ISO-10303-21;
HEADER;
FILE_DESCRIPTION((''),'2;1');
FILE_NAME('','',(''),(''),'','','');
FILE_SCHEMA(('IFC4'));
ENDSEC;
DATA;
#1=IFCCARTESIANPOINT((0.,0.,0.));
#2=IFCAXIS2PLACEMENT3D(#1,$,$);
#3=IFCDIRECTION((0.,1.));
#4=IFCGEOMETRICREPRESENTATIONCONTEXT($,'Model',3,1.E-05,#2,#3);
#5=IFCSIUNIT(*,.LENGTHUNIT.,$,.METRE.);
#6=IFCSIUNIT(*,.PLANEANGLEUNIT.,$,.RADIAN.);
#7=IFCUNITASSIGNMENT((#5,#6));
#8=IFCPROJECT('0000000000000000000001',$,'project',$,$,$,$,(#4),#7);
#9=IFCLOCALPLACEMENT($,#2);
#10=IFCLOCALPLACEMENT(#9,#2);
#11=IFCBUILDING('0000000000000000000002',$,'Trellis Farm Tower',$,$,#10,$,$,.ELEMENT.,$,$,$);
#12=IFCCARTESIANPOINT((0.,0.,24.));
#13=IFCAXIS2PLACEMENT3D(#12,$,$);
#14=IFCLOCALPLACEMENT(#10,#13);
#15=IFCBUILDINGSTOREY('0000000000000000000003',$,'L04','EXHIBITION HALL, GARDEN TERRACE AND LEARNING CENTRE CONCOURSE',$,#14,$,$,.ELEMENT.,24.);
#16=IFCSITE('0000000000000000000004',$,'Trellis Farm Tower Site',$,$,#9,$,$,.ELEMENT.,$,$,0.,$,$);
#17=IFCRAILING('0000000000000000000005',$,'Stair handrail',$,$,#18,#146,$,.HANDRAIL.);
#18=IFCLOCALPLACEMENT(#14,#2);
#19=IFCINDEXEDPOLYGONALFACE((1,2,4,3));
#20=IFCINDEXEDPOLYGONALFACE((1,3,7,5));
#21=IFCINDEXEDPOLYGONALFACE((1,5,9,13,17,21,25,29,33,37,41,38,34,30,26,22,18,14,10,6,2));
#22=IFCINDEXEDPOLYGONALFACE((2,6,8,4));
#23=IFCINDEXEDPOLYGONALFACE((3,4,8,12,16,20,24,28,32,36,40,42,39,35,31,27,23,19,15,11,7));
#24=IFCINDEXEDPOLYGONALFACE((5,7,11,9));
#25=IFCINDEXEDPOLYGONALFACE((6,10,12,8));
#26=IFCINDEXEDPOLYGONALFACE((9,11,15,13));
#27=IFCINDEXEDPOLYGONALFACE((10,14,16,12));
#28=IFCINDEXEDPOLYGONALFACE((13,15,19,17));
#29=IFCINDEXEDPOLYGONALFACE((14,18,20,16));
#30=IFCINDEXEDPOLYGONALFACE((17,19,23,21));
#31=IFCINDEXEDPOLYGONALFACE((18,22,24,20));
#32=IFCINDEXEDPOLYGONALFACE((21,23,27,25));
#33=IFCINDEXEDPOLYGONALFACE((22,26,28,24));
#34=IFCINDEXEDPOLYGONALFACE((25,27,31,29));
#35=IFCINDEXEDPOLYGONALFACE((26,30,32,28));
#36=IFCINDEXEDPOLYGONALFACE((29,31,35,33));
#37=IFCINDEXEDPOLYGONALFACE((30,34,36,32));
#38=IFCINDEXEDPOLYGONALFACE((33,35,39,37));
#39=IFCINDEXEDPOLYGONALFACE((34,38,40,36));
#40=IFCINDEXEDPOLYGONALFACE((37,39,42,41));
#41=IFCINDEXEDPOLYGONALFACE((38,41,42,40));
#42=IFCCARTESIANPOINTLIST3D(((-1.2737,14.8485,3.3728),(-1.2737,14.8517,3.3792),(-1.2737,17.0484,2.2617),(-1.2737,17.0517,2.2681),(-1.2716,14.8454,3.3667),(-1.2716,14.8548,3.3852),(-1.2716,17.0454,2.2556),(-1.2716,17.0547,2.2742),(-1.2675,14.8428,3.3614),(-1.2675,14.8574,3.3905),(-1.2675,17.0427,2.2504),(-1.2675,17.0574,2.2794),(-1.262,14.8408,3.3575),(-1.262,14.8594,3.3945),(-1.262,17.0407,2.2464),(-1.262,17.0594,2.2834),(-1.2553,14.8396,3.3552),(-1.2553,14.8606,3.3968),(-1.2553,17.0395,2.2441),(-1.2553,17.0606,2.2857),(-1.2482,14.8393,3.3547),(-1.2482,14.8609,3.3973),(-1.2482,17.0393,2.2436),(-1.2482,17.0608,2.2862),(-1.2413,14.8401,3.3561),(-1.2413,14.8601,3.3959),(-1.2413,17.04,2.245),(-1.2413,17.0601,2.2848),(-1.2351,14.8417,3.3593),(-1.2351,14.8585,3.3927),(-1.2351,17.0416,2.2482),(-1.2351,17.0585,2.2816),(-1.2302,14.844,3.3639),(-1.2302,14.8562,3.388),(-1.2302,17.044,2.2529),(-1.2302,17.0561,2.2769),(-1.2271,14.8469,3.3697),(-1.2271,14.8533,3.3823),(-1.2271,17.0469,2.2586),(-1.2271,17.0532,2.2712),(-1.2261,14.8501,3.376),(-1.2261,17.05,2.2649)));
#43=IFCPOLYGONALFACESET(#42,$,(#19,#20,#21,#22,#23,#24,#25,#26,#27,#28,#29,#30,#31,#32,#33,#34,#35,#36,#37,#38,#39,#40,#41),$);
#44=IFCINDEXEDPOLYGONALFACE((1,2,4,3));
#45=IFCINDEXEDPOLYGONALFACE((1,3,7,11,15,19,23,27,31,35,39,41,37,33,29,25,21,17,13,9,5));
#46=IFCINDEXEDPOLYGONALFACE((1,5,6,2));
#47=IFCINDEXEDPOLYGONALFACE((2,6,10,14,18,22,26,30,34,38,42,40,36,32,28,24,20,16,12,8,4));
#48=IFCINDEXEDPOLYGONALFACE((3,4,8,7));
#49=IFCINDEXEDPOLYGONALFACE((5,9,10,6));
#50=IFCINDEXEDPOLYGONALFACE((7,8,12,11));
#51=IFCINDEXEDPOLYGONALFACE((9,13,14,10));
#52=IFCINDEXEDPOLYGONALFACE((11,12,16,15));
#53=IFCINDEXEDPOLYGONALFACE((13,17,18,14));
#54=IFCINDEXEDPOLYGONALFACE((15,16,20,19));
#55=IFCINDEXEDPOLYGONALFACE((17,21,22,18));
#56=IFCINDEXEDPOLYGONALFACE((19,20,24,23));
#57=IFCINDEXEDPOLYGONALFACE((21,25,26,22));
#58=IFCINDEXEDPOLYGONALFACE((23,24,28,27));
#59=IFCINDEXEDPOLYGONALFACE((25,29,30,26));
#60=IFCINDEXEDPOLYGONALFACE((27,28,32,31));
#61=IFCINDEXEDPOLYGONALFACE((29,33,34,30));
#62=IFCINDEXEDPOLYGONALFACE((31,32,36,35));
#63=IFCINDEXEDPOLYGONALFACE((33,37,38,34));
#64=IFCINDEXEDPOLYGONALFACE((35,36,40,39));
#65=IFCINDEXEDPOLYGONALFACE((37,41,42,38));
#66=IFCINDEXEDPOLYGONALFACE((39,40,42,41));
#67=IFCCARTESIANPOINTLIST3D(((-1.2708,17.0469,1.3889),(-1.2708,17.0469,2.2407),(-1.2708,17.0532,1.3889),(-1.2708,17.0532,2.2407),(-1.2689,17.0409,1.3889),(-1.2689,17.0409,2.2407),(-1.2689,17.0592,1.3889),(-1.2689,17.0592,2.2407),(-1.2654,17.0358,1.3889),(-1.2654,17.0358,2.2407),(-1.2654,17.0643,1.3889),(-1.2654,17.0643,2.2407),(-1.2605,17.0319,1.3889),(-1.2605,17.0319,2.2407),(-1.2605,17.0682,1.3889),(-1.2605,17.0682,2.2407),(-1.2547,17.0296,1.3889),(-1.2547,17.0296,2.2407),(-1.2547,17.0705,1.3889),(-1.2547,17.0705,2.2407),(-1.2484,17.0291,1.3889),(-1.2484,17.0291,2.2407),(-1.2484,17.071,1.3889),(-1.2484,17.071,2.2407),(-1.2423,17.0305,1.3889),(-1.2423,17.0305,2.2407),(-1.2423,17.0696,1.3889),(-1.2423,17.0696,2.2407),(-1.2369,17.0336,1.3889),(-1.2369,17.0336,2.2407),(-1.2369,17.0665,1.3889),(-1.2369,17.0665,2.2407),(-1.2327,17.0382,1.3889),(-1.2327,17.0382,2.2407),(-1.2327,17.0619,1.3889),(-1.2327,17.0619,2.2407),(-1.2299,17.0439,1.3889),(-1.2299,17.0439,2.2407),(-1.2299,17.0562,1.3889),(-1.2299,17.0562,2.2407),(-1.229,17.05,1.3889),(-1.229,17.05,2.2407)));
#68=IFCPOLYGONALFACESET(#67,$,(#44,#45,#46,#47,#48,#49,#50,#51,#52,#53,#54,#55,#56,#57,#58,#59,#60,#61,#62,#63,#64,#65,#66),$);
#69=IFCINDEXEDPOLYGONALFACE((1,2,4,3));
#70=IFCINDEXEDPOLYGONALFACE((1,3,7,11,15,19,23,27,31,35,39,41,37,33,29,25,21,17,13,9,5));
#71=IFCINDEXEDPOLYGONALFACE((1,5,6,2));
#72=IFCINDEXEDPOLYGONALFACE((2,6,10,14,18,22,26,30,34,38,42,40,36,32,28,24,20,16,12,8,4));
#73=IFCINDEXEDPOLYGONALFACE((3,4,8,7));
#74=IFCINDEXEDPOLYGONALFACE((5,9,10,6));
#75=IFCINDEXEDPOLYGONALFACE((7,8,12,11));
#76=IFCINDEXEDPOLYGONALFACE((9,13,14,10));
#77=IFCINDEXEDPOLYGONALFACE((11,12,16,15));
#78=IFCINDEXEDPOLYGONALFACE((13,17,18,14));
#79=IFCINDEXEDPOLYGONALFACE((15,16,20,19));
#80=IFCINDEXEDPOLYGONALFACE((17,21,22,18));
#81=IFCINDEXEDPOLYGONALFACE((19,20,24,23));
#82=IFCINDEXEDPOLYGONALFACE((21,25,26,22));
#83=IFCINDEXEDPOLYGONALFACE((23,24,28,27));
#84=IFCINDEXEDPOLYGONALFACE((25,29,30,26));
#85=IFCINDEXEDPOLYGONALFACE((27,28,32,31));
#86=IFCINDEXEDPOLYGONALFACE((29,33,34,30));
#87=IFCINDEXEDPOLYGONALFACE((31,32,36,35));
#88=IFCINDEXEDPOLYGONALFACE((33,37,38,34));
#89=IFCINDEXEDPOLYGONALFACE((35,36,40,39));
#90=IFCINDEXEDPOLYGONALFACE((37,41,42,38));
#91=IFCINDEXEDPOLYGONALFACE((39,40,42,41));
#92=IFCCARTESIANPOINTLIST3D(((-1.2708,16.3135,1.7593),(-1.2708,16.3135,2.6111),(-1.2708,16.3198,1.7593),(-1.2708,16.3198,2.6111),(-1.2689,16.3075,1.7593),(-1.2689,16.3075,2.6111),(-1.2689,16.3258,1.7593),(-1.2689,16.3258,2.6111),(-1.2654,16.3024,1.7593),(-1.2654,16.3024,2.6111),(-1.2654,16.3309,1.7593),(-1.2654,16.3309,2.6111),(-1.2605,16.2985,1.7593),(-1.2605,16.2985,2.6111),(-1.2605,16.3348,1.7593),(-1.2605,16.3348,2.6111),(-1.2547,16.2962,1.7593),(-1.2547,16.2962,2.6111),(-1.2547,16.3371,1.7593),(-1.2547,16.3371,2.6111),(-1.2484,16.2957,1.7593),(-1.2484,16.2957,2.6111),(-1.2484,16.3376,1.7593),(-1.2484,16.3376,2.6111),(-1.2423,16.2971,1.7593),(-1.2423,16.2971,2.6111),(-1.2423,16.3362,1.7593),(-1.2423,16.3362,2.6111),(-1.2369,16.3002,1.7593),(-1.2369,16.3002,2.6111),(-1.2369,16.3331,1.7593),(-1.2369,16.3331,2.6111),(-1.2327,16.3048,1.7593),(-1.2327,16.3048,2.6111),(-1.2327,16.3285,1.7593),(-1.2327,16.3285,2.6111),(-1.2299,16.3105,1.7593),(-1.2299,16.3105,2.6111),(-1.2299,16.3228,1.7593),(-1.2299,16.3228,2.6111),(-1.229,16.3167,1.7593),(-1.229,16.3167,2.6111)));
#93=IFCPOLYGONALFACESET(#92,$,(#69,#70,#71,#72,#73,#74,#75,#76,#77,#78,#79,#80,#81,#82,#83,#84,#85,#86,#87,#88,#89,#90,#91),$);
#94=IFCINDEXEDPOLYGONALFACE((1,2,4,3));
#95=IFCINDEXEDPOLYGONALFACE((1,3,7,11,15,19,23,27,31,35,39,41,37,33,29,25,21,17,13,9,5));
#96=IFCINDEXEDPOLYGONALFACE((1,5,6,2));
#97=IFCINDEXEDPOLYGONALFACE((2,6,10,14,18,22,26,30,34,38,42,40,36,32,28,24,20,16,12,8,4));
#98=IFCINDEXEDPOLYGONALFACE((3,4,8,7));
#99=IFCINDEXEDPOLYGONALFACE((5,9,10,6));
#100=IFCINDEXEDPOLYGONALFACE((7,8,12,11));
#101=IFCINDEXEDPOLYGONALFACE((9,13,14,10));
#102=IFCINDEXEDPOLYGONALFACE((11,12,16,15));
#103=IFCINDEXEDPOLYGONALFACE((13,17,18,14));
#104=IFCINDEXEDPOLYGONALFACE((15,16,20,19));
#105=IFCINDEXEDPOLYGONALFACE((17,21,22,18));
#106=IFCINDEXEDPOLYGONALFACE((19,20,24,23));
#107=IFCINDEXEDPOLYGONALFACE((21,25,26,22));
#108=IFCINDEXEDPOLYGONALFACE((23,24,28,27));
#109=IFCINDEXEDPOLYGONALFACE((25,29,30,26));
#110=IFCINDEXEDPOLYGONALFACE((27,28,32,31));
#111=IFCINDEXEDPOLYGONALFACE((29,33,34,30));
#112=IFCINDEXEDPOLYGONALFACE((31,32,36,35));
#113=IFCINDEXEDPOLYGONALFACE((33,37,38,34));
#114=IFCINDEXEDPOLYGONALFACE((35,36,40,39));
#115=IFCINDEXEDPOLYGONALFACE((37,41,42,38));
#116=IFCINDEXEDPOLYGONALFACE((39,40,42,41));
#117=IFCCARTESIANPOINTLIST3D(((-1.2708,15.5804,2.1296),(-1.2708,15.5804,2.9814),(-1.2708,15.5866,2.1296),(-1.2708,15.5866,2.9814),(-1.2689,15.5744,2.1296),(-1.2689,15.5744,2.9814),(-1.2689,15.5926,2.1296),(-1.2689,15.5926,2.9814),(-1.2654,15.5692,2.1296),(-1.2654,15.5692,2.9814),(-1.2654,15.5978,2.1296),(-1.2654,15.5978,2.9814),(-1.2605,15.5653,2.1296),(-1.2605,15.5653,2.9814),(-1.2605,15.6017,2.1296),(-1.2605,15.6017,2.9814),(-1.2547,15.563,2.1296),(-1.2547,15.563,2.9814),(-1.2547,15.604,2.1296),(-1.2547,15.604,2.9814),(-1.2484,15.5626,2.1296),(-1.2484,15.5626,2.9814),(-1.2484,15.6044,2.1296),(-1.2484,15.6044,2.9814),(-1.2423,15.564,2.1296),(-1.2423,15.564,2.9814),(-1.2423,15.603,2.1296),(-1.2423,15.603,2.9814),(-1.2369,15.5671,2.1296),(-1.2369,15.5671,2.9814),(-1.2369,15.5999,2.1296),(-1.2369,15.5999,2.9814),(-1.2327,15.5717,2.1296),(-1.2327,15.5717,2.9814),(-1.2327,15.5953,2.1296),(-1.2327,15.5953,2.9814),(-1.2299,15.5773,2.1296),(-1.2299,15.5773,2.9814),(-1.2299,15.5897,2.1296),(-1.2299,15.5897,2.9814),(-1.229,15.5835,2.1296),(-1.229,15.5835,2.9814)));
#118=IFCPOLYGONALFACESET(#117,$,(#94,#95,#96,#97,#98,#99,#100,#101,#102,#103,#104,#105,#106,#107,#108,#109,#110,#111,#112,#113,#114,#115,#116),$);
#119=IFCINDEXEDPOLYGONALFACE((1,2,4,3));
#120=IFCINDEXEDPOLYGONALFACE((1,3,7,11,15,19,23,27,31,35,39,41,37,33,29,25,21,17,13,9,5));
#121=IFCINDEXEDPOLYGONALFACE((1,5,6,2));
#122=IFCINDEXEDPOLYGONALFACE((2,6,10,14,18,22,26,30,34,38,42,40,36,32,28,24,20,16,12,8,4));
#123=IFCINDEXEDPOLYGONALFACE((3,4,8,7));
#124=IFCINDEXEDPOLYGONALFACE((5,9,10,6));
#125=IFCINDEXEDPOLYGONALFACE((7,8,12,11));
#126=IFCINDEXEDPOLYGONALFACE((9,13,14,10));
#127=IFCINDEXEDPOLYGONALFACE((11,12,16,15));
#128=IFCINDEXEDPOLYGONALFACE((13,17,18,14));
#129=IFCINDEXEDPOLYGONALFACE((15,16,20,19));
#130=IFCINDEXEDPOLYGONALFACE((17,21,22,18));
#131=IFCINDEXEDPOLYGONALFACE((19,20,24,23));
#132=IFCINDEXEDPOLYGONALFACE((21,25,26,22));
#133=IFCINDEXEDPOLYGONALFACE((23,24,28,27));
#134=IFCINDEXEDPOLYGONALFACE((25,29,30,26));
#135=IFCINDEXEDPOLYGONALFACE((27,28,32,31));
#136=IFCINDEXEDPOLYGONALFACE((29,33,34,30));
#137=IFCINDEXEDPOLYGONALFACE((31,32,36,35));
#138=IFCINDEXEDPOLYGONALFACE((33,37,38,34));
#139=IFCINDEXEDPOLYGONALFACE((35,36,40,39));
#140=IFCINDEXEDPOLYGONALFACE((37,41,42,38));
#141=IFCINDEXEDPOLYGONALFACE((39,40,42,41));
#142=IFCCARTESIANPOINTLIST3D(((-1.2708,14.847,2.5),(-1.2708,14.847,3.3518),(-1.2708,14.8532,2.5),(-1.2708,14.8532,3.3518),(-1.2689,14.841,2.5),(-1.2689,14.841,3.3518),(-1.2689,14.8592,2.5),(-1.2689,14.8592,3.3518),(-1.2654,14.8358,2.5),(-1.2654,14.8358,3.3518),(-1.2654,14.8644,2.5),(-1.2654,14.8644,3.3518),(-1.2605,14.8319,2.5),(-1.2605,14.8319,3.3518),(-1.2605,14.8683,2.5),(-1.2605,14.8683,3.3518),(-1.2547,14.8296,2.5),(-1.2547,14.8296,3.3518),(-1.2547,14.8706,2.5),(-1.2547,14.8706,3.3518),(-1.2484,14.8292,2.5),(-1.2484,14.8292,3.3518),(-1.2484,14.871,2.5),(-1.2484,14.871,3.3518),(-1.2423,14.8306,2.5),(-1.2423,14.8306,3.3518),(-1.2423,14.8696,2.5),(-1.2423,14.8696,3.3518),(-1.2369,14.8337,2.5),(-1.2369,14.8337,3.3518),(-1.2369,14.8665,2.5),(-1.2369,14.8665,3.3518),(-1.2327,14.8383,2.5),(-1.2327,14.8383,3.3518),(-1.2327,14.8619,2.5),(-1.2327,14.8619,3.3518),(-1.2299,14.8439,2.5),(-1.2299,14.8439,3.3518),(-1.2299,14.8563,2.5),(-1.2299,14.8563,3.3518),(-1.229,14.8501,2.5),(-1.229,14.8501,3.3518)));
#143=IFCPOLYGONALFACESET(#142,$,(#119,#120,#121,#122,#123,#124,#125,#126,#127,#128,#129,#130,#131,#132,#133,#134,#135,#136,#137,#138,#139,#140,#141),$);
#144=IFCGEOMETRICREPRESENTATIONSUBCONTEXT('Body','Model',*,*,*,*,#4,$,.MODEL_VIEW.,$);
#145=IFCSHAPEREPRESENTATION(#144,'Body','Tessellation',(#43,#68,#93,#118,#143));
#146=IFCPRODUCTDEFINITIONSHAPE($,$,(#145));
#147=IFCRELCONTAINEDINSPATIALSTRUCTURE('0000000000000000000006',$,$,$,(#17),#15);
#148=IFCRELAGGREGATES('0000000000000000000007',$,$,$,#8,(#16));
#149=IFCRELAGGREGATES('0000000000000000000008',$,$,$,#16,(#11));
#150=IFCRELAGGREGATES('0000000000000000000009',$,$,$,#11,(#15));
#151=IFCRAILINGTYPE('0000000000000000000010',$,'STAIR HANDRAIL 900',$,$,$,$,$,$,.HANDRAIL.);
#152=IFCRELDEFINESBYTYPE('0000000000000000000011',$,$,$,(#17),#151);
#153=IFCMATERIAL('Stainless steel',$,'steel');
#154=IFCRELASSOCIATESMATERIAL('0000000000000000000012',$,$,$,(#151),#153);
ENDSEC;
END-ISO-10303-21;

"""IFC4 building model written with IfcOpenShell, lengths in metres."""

from ifc_helpers import new_model, si_unit, direction, frame, origin, origin_2d, place, context, subcontext, project, spatial, circle, extrude, source, transform, mapped, material, type_object, element, save


model = new_model("IFC4")

# Units and contexts
model_context = context("Model", 3, precision=1e-05, world=origin(), true_north=direction((0.0, 1.0)))
body_context = subcontext(model_context, "Body", "Model", "MODEL_VIEW")
ifc_project = project(units=[si_unit("LENGTHUNIT", "METRE"), si_unit("PLANEANGLEUNIT", "RADIAN")], contexts=[model_context])

# Site, building, storey
site_placement = place(None, origin())
site = spatial("IfcSite", under=ifc_project, at=site_placement, Name="Trellis Farm Tower Site", CompositionType="ELEMENT", RefElevation=0.0)
building_placement = place(site_placement, origin())
building = spatial("IfcBuilding", under=site, at=building_placement, Name="Trellis Farm Tower", CompositionType="ELEMENT")
storey_placement = place(building_placement, frame((0.0, 0.0, 24.0)))
storey = spatial("IfcBuildingStorey", under=building, at=storey_placement, Name="L04", Description="EXHIBITION HALL, GARDEN TERRACE AND LEARNING CENTRE CONCOURSE", CompositionType="ELEMENT", Elevation=24.0)

# Railing
ifc_material_1 = material(Name="Stainless steel", Category="steel")
railing_type = type_object("IfcRailingType", Name="STAIR HANDRAIL 900", PredefinedType="HANDRAIL", material=ifc_material_1)
shared_shape_1 = source(origin(), body_context, "Body", "SweptSolid", [
    extrude(circle(Radius=0.0239, at=origin_2d()), frame((0.0, 0.0, 0.876), z_axis=(0.0, -0.892617, 0.450816), x_axis=(1.0, 0.0, 0.0)), (0.0, 0.0, 1.0), 2.4646),
    extrude(circle(Radius=0.021, at=origin_2d()), origin(), (0.0, 0.0, 1.0), 0.8518),
    extrude(circle(Radius=0.021, at=origin_2d()), frame((0.0, -0.7334, 0.3704)), (0.0, 0.0, 1.0), 0.8518),
    extrude(circle(Radius=0.021, at=origin_2d()), frame((0.0, -1.4666, 0.7407)), (0.0, 0.0, 1.0), 0.8518),
    extrude(circle(Radius=0.021, at=origin_2d()), frame((0.0, -2.2, 1.1111)), (0.0, 0.0, 1.0), 0.8518),
])
for number, where, name in (
    (1, (-1.25, 17.05, 1.3889), "Stair handrail"),
):
    element("IfcRailing", number, at=place(storey_placement, frame(where)), inside=storey, type_object=railing_type, Name=name, PredefinedType="HANDRAIL", context=body_context, shape_type="MappedRepresentation", body=[
        mapped(shared_shape_1, transform((0.0, 0.0, 0.0))),
    ])

save(model, "model.ifc")
